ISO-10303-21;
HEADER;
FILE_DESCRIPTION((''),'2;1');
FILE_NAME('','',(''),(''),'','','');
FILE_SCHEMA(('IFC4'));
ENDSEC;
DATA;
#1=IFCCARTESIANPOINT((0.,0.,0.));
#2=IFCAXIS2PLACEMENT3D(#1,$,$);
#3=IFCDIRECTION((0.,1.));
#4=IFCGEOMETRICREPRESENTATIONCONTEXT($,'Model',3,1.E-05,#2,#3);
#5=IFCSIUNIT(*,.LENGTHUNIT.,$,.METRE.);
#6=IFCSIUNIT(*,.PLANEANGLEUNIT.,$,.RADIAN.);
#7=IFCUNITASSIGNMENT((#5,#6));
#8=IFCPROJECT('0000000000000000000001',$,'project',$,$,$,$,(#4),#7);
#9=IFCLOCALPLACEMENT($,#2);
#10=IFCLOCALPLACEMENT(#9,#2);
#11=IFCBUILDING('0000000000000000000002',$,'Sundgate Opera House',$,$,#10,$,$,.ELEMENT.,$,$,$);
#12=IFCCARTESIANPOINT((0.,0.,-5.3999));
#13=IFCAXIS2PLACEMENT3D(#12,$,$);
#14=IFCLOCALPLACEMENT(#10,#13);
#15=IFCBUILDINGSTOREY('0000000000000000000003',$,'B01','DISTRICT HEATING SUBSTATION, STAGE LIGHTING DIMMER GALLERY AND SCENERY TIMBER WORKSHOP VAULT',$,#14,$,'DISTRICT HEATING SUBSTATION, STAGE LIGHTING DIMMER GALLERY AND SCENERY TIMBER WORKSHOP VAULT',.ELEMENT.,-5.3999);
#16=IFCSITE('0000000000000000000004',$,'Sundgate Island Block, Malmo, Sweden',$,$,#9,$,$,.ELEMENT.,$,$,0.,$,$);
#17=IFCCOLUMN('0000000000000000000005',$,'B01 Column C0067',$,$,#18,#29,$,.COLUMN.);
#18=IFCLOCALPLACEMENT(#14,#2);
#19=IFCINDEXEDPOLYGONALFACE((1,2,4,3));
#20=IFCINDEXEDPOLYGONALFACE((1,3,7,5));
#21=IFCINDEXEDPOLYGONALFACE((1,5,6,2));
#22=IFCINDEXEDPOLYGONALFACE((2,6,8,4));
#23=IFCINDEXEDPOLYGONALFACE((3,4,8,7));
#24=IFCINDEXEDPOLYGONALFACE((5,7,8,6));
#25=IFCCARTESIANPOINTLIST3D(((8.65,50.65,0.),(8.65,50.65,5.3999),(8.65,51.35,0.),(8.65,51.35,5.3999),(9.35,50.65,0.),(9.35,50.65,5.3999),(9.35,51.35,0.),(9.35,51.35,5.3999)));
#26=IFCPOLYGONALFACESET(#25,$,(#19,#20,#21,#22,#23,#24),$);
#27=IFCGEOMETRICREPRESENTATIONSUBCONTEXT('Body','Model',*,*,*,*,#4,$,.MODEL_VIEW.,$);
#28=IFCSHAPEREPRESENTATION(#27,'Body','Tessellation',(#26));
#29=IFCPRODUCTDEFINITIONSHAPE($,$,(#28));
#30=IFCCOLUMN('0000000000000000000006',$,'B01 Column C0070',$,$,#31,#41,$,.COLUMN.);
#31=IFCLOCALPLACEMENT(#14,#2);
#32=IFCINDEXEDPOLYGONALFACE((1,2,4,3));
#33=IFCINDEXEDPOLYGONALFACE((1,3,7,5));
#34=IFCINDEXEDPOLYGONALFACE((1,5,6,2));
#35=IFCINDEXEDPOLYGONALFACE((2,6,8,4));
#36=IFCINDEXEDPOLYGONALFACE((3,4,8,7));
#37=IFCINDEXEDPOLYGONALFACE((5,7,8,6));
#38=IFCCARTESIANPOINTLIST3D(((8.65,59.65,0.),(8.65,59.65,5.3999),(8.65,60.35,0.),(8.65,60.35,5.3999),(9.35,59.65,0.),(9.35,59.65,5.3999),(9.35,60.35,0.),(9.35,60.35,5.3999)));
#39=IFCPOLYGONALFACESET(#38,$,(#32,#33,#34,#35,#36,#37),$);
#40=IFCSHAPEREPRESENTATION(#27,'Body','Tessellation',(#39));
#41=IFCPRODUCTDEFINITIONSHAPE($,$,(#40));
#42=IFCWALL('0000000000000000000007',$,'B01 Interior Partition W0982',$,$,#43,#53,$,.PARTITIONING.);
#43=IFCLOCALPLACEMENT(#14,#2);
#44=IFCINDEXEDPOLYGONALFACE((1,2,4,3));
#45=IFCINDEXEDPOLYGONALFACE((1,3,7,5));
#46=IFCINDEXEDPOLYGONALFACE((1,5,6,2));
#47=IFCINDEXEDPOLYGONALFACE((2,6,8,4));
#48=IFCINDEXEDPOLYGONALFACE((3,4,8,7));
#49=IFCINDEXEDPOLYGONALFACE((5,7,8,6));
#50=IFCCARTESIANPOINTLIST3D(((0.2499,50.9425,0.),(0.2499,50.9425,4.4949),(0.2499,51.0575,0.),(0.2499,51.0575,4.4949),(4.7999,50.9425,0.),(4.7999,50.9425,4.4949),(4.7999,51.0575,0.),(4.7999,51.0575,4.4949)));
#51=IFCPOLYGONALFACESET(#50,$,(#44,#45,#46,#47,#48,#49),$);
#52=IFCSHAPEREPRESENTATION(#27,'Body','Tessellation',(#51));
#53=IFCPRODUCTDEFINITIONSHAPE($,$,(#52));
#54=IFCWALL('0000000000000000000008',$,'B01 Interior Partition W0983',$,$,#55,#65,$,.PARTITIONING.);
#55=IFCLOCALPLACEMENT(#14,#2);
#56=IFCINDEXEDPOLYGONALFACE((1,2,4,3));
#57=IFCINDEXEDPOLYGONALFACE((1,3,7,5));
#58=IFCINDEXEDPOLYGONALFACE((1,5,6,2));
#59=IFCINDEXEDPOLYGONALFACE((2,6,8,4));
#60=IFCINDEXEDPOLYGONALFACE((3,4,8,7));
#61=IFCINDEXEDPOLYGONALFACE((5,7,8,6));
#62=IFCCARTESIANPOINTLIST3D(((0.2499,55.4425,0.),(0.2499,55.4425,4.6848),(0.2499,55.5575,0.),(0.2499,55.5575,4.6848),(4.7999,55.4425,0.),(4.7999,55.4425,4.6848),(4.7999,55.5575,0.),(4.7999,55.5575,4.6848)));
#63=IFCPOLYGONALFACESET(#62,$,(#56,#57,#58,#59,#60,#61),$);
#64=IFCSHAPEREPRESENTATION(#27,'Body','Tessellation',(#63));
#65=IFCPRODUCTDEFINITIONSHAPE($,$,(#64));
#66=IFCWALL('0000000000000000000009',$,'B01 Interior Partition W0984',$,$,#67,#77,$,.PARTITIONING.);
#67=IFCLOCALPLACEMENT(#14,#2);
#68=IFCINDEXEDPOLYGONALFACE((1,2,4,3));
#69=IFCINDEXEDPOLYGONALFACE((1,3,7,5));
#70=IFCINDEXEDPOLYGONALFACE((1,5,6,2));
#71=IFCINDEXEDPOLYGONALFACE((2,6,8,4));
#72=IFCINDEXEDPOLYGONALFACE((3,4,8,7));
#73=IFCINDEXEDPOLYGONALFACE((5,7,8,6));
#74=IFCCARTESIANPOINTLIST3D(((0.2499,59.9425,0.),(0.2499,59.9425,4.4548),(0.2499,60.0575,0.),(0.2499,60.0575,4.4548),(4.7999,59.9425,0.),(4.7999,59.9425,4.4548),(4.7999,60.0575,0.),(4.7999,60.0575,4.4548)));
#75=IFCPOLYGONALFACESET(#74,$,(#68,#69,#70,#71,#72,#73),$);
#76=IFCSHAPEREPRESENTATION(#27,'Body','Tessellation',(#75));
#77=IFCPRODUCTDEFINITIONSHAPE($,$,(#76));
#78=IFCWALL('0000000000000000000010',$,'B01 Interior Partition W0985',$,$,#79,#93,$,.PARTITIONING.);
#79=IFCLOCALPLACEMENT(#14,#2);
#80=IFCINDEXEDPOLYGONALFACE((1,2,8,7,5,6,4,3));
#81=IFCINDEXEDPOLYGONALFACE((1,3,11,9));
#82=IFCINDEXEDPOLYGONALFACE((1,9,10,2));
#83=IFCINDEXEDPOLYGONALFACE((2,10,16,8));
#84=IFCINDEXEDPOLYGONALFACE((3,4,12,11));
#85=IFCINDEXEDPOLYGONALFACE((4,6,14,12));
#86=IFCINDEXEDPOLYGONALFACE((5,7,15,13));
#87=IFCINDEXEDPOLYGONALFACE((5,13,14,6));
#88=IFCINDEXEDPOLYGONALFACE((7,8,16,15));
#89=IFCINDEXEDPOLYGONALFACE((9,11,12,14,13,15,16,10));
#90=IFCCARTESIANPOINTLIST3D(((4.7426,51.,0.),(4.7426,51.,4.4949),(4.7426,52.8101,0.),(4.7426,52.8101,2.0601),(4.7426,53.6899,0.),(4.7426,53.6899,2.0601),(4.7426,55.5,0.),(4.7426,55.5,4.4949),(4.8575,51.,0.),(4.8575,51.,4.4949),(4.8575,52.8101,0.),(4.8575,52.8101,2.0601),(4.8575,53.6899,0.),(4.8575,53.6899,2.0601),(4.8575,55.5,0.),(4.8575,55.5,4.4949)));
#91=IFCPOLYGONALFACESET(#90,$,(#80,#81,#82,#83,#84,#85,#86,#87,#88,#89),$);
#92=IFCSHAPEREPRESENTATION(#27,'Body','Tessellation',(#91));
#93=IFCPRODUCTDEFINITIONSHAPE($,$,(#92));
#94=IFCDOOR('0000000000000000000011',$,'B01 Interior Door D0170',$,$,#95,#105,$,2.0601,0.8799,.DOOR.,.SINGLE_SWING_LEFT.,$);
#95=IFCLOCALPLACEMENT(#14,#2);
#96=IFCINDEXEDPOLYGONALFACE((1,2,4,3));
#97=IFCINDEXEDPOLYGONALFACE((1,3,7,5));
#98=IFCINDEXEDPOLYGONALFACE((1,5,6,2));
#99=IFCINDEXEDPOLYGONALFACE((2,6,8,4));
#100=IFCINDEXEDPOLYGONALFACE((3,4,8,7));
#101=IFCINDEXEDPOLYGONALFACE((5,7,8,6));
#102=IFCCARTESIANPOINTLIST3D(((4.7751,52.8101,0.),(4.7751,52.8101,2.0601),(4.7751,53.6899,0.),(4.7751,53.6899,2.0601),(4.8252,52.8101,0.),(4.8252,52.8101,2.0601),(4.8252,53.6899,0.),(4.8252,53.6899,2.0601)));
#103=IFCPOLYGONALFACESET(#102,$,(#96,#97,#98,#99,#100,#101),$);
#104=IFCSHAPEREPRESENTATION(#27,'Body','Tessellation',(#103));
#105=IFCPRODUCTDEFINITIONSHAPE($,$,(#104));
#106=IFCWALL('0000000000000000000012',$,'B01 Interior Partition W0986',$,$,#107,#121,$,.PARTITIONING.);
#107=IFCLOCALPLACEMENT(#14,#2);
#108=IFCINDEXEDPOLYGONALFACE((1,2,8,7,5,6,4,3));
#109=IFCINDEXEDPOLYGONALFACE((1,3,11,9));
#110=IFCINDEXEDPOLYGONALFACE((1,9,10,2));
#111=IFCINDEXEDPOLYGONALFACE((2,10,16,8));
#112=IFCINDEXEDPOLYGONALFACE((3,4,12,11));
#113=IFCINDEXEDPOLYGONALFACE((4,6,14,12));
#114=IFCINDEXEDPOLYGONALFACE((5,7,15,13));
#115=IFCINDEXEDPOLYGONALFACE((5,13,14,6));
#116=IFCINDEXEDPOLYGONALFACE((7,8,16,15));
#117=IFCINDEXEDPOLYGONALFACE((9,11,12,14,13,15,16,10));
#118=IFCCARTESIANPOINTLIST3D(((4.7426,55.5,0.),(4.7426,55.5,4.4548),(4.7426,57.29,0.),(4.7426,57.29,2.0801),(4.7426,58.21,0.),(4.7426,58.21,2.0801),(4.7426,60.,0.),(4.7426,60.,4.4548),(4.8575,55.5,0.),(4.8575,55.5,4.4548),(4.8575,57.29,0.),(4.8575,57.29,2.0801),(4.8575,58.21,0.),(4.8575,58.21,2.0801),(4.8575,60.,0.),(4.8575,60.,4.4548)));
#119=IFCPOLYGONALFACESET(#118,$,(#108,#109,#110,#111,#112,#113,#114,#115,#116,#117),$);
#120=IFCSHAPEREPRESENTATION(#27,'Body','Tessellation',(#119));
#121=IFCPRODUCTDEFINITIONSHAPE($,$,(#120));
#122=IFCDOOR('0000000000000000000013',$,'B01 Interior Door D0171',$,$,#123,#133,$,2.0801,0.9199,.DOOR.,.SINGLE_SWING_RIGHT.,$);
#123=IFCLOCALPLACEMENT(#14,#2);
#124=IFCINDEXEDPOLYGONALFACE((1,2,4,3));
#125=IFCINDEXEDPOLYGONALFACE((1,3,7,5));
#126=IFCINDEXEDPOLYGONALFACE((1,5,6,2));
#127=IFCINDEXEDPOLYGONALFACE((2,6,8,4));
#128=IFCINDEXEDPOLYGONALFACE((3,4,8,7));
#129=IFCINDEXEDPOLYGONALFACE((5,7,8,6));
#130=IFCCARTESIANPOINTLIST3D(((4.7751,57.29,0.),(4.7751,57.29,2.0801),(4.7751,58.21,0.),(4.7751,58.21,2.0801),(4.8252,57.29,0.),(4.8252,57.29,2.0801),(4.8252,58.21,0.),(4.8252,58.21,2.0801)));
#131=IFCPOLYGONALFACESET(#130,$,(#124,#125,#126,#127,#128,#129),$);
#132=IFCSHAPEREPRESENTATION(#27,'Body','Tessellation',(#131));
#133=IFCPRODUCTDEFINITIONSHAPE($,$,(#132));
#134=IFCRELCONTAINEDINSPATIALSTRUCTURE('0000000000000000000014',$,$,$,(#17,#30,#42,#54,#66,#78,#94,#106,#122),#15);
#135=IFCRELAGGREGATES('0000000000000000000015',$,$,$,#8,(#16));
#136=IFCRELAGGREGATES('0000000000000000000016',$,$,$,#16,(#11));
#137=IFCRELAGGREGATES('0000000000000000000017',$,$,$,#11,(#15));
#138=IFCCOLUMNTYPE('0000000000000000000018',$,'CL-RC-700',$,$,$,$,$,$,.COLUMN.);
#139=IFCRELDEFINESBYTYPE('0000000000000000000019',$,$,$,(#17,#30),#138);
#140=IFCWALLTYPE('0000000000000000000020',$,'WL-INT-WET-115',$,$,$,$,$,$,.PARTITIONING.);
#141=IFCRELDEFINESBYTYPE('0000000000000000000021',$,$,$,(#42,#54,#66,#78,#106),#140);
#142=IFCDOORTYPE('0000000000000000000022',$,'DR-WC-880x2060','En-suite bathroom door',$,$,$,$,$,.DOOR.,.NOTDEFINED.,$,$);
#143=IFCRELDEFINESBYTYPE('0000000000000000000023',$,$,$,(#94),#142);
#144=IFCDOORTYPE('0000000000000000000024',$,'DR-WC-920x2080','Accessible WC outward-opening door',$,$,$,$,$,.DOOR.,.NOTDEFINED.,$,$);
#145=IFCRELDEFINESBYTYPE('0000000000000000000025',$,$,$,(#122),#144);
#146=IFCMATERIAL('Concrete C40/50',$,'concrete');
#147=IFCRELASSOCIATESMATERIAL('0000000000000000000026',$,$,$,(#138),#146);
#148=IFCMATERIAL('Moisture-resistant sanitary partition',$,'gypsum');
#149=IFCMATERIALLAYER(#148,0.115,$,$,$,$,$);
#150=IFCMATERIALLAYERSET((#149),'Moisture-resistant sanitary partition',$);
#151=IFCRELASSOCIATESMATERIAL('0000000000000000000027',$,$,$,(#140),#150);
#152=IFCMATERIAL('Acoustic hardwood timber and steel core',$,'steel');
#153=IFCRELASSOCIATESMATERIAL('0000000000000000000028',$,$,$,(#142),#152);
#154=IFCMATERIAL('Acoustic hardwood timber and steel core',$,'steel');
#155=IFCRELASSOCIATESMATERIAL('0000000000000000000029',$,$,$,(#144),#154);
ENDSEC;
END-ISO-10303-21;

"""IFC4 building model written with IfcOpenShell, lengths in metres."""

from ifc_helpers import new_model, si_unit, direction, frame, frame_2d, origin, origin_2d, place, context, subcontext, project, spatial, rectangle, extrude, material, layer, layer_set, material_profile, profile_set, type_object, element, fill, save


model = new_model("IFC4")

# Units and contexts
model_context = context("Model", 3, precision=1e-05, world=origin(), true_north=direction((0.0, 1.0)))
body_context = subcontext(model_context, "Body", "Model", "MODEL_VIEW")
ifc_project = project(units=[si_unit("LENGTHUNIT", "METRE"), si_unit("PLANEANGLEUNIT", "RADIAN")], contexts=[model_context])

# Site, building, storey
site_placement = place(None, origin())
site = spatial("IfcSite", under=ifc_project, at=site_placement, Name="Sundgate Island Block, Malmo, Sweden", CompositionType="ELEMENT", RefElevation=0.0)
building_placement = place(site_placement, origin())
building = spatial("IfcBuilding", under=site, at=building_placement, Name="Sundgate Opera House", CompositionType="ELEMENT")
storey_placement = place(building_placement, frame((0.0, 0.0, -5.3999)))
storey = spatial("IfcBuildingStorey", under=building, at=storey_placement, Name="B01", Description="DISTRICT HEATING SUBSTATION, STAGE LIGHTING DIMMER GALLERY AND SCENERY TIMBER WORKSHOP VAULT", LongName="DISTRICT HEATING SUBSTATION, STAGE LIGHTING DIMMER GALLERY AND SCENERY TIMBER WORKSHOP VAULT", CompositionType="ELEMENT", Elevation=-5.3999)

# Columns
ifc_material_1 = material(Name="Concrete C40/50", Category="concrete")
ifc_material_profile_1 = material_profile(ifc_material_1, rectangle(XDim=0.7, YDim=0.7, at=origin_2d()), Name="RC 700x700")
ifc_profile_set_1 = profile_set([ifc_material_profile_1], Name="Concrete C40/50")
column_type = type_object("IfcColumnType", Name="CL-RC-700", PredefinedType="COLUMN", material=ifc_profile_set_1)
for number, where, z_axis, x_axis, name in (
    (1, (9.0, 51.0, 0.0), (0.0, 0.0, 1.0), (1.0, 0.0, 0.0), "B01 Column C0067"),
    (2, (9.0, 60.0, 0.0), (0.0, 0.0, 1.0), (1.0, 0.0, 0.0), "B01 Column C0070"),
):
    element("IfcColumn", number, at=place(storey_placement, frame(where, z_axis=z_axis, x_axis=x_axis)), inside=storey, type_object=column_type, Name=name, PredefinedType="COLUMN", context=body_context, shape_type="SweptSolid", body=[
        extrude(rectangle(XDim=0.7, YDim=0.7, at=origin_2d()), origin(), (0.0, 0.0, 1.0), 5.3999),
    ])

# Walls
ifc_material_2 = material(Name="Moisture-resistant sanitary partition", Category="gypsum")
ifc_layer = layer(ifc_material_2, 0.115)
ifc_layer_set = layer_set([ifc_layer], Name="Moisture-resistant sanitary partition")
wall_type = type_object("IfcWallType", Name="WL-INT-WET-115", PredefinedType="PARTITIONING", material=ifc_layer_set)
wall_1_placement = place(storey_placement, frame((0.25, 51.0, 0.0), z_axis=(0.0, 0.0, 1.0), x_axis=(1.0, 0.0, 0.0)))
element("IfcWall", 3, at=wall_1_placement, inside=storey, type_object=wall_type, Name="B01 Interior Partition W0982", PredefinedType="PARTITIONING", context=body_context, shape_type="SweptSolid", body=[
    extrude(rectangle(XDim=4.55, YDim=0.115, at=frame_2d((2.2749, 0.0))), origin(), (0.0, 0.0, 1.0), 4.4949),
])
wall_2_placement = place(storey_placement, frame((0.25, 55.5, 0.0), z_axis=(0.0, 0.0, 1.0), x_axis=(1.0, 0.0, 0.0)))
element("IfcWall", 4, at=wall_2_placement, inside=storey, type_object=wall_type, Name="B01 Interior Partition W0983", PredefinedType="PARTITIONING", context=body_context, shape_type="SweptSolid", body=[
    extrude(rectangle(XDim=4.55, YDim=0.115, at=frame_2d((2.2749, 0.0))), origin(), (0.0, 0.0, 1.0), 4.6848),
])
wall_3_placement = place(storey_placement, frame((0.25, 60.0, 0.0), z_axis=(0.0, 0.0, 1.0), x_axis=(1.0, 0.0, 0.0)))
element("IfcWall", 5, at=wall_3_placement, inside=storey, type_object=wall_type, Name="B01 Interior Partition W0984", PredefinedType="PARTITIONING", context=body_context, shape_type="SweptSolid", body=[
    extrude(rectangle(XDim=4.55, YDim=0.115, at=frame_2d((2.2749, 0.0))), origin(), (0.0, 0.0, 1.0), 4.4548),
])

# Walls, openings, doors
wall_4_placement = place(storey_placement, frame((4.8, 51.0, 0.0), z_axis=(0.0, 0.0, 1.0), x_axis=(0.0, 1.0, 0.0)))
wall_4 = element("IfcWall", 6, at=wall_4_placement, inside=storey, type_object=wall_type, Name="B01 Interior Partition W0985", PredefinedType="PARTITIONING", context=body_context, shape_type="SweptSolid", body=[
    extrude(rectangle(XDim=4.5, YDim=0.115, at=frame_2d((2.25, 0.0))), origin(), (0.0, 0.0, 1.0), 4.4949),
])
opening_1_placement = place(wall_4_placement, frame((1.8101, 0.0, 0.0)))
opening_1 = element("IfcOpeningElement", 7, at=opening_1_placement, cuts=wall_4, PredefinedType="OPENING", context=body_context, shape_type="SweptSolid", body=[
    extrude(rectangle(XDim=0.8799, YDim=2.0601, at=frame_2d((0.4399, 1.03))), frame((0.0, 0.0674, 0.0), z_axis=(0.0, -1.0, 0.0), x_axis=(1.0, 0.0, 0.0)), (0.0, 0.0, 1.0), 0.135),
])
ifc_material_3 = material(Name="Acoustic hardwood timber and steel core", Category="steel")
door_type_1 = type_object("IfcDoorType", Name="DR-WC-880x2060", Description="En-suite bathroom door", OperationType="NOTDEFINED", PredefinedType="DOOR", material=ifc_material_3)
door_1_placement = place(opening_1_placement, origin())
door_1 = element("IfcDoor", 8, at=door_1_placement, inside=storey, type_object=door_type_1, Name="B01 Interior Door D0170", OperationType="SINGLE_SWING_LEFT", OverallHeight=2.0601, OverallWidth=0.8799, PredefinedType="DOOR", context=body_context, shape_type="SweptSolid", body=[
    extrude(rectangle(XDim=0.8799, YDim=2.0601, at=frame_2d((0.4399, 1.03))), frame((0.0, 0.0249, 0.0), z_axis=(0.0, -1.0, 0.0), x_axis=(1.0, 0.0, 0.0)), (0.0, 0.0, 1.0), 0.05),
])
fill(opening_1, door_1)
wall_5_placement = place(storey_placement, frame((4.8, 55.5, 0.0), z_axis=(0.0, 0.0, 1.0), x_axis=(0.0, 1.0, 0.0)))
wall_5 = element("IfcWall", 9, at=wall_5_placement, inside=storey, type_object=wall_type, Name="B01 Interior Partition W0986", PredefinedType="PARTITIONING", context=body_context, shape_type="SweptSolid", body=[
    extrude(rectangle(XDim=4.5, YDim=0.115, at=frame_2d((2.25, 0.0))), origin(), (0.0, 0.0, 1.0), 4.4548),
])
opening_2_placement = place(wall_5_placement, frame((1.79, 0.0, 0.0)))
opening_2 = element("IfcOpeningElement", 10, at=opening_2_placement, cuts=wall_5, PredefinedType="OPENING", context=body_context, shape_type="SweptSolid", body=[
    extrude(rectangle(XDim=0.9199, YDim=2.0801, at=frame_2d((0.46, 1.04))), frame((0.0, 0.0674, 0.0), z_axis=(0.0, -1.0, 0.0), x_axis=(1.0, 0.0, 0.0)), (0.0, 0.0, 1.0), 0.135),
])
ifc_material_4 = material(Name="Acoustic hardwood timber and steel core", Category="steel")
door_type_2 = type_object("IfcDoorType", Name="DR-WC-920x2080", Description="Accessible WC outward-opening door", OperationType="NOTDEFINED", PredefinedType="DOOR", material=ifc_material_4)
door_2_placement = place(opening_2_placement, origin())
door_2 = element("IfcDoor", 11, at=door_2_placement, inside=storey, type_object=door_type_2, Name="B01 Interior Door D0171", OperationType="SINGLE_SWING_RIGHT", OverallHeight=2.0801, OverallWidth=0.9199, PredefinedType="DOOR", context=body_context, shape_type="SweptSolid", body=[
    extrude(rectangle(XDim=0.9199, YDim=2.0801, at=frame_2d((0.46, 1.04))), frame((0.0, 0.0249, 0.0), z_axis=(0.0, -1.0, 0.0), x_axis=(1.0, 0.0, 0.0)), (0.0, 0.0, 1.0), 0.05),
])
fill(opening_2, door_2)

save(model, "model.ifc")
